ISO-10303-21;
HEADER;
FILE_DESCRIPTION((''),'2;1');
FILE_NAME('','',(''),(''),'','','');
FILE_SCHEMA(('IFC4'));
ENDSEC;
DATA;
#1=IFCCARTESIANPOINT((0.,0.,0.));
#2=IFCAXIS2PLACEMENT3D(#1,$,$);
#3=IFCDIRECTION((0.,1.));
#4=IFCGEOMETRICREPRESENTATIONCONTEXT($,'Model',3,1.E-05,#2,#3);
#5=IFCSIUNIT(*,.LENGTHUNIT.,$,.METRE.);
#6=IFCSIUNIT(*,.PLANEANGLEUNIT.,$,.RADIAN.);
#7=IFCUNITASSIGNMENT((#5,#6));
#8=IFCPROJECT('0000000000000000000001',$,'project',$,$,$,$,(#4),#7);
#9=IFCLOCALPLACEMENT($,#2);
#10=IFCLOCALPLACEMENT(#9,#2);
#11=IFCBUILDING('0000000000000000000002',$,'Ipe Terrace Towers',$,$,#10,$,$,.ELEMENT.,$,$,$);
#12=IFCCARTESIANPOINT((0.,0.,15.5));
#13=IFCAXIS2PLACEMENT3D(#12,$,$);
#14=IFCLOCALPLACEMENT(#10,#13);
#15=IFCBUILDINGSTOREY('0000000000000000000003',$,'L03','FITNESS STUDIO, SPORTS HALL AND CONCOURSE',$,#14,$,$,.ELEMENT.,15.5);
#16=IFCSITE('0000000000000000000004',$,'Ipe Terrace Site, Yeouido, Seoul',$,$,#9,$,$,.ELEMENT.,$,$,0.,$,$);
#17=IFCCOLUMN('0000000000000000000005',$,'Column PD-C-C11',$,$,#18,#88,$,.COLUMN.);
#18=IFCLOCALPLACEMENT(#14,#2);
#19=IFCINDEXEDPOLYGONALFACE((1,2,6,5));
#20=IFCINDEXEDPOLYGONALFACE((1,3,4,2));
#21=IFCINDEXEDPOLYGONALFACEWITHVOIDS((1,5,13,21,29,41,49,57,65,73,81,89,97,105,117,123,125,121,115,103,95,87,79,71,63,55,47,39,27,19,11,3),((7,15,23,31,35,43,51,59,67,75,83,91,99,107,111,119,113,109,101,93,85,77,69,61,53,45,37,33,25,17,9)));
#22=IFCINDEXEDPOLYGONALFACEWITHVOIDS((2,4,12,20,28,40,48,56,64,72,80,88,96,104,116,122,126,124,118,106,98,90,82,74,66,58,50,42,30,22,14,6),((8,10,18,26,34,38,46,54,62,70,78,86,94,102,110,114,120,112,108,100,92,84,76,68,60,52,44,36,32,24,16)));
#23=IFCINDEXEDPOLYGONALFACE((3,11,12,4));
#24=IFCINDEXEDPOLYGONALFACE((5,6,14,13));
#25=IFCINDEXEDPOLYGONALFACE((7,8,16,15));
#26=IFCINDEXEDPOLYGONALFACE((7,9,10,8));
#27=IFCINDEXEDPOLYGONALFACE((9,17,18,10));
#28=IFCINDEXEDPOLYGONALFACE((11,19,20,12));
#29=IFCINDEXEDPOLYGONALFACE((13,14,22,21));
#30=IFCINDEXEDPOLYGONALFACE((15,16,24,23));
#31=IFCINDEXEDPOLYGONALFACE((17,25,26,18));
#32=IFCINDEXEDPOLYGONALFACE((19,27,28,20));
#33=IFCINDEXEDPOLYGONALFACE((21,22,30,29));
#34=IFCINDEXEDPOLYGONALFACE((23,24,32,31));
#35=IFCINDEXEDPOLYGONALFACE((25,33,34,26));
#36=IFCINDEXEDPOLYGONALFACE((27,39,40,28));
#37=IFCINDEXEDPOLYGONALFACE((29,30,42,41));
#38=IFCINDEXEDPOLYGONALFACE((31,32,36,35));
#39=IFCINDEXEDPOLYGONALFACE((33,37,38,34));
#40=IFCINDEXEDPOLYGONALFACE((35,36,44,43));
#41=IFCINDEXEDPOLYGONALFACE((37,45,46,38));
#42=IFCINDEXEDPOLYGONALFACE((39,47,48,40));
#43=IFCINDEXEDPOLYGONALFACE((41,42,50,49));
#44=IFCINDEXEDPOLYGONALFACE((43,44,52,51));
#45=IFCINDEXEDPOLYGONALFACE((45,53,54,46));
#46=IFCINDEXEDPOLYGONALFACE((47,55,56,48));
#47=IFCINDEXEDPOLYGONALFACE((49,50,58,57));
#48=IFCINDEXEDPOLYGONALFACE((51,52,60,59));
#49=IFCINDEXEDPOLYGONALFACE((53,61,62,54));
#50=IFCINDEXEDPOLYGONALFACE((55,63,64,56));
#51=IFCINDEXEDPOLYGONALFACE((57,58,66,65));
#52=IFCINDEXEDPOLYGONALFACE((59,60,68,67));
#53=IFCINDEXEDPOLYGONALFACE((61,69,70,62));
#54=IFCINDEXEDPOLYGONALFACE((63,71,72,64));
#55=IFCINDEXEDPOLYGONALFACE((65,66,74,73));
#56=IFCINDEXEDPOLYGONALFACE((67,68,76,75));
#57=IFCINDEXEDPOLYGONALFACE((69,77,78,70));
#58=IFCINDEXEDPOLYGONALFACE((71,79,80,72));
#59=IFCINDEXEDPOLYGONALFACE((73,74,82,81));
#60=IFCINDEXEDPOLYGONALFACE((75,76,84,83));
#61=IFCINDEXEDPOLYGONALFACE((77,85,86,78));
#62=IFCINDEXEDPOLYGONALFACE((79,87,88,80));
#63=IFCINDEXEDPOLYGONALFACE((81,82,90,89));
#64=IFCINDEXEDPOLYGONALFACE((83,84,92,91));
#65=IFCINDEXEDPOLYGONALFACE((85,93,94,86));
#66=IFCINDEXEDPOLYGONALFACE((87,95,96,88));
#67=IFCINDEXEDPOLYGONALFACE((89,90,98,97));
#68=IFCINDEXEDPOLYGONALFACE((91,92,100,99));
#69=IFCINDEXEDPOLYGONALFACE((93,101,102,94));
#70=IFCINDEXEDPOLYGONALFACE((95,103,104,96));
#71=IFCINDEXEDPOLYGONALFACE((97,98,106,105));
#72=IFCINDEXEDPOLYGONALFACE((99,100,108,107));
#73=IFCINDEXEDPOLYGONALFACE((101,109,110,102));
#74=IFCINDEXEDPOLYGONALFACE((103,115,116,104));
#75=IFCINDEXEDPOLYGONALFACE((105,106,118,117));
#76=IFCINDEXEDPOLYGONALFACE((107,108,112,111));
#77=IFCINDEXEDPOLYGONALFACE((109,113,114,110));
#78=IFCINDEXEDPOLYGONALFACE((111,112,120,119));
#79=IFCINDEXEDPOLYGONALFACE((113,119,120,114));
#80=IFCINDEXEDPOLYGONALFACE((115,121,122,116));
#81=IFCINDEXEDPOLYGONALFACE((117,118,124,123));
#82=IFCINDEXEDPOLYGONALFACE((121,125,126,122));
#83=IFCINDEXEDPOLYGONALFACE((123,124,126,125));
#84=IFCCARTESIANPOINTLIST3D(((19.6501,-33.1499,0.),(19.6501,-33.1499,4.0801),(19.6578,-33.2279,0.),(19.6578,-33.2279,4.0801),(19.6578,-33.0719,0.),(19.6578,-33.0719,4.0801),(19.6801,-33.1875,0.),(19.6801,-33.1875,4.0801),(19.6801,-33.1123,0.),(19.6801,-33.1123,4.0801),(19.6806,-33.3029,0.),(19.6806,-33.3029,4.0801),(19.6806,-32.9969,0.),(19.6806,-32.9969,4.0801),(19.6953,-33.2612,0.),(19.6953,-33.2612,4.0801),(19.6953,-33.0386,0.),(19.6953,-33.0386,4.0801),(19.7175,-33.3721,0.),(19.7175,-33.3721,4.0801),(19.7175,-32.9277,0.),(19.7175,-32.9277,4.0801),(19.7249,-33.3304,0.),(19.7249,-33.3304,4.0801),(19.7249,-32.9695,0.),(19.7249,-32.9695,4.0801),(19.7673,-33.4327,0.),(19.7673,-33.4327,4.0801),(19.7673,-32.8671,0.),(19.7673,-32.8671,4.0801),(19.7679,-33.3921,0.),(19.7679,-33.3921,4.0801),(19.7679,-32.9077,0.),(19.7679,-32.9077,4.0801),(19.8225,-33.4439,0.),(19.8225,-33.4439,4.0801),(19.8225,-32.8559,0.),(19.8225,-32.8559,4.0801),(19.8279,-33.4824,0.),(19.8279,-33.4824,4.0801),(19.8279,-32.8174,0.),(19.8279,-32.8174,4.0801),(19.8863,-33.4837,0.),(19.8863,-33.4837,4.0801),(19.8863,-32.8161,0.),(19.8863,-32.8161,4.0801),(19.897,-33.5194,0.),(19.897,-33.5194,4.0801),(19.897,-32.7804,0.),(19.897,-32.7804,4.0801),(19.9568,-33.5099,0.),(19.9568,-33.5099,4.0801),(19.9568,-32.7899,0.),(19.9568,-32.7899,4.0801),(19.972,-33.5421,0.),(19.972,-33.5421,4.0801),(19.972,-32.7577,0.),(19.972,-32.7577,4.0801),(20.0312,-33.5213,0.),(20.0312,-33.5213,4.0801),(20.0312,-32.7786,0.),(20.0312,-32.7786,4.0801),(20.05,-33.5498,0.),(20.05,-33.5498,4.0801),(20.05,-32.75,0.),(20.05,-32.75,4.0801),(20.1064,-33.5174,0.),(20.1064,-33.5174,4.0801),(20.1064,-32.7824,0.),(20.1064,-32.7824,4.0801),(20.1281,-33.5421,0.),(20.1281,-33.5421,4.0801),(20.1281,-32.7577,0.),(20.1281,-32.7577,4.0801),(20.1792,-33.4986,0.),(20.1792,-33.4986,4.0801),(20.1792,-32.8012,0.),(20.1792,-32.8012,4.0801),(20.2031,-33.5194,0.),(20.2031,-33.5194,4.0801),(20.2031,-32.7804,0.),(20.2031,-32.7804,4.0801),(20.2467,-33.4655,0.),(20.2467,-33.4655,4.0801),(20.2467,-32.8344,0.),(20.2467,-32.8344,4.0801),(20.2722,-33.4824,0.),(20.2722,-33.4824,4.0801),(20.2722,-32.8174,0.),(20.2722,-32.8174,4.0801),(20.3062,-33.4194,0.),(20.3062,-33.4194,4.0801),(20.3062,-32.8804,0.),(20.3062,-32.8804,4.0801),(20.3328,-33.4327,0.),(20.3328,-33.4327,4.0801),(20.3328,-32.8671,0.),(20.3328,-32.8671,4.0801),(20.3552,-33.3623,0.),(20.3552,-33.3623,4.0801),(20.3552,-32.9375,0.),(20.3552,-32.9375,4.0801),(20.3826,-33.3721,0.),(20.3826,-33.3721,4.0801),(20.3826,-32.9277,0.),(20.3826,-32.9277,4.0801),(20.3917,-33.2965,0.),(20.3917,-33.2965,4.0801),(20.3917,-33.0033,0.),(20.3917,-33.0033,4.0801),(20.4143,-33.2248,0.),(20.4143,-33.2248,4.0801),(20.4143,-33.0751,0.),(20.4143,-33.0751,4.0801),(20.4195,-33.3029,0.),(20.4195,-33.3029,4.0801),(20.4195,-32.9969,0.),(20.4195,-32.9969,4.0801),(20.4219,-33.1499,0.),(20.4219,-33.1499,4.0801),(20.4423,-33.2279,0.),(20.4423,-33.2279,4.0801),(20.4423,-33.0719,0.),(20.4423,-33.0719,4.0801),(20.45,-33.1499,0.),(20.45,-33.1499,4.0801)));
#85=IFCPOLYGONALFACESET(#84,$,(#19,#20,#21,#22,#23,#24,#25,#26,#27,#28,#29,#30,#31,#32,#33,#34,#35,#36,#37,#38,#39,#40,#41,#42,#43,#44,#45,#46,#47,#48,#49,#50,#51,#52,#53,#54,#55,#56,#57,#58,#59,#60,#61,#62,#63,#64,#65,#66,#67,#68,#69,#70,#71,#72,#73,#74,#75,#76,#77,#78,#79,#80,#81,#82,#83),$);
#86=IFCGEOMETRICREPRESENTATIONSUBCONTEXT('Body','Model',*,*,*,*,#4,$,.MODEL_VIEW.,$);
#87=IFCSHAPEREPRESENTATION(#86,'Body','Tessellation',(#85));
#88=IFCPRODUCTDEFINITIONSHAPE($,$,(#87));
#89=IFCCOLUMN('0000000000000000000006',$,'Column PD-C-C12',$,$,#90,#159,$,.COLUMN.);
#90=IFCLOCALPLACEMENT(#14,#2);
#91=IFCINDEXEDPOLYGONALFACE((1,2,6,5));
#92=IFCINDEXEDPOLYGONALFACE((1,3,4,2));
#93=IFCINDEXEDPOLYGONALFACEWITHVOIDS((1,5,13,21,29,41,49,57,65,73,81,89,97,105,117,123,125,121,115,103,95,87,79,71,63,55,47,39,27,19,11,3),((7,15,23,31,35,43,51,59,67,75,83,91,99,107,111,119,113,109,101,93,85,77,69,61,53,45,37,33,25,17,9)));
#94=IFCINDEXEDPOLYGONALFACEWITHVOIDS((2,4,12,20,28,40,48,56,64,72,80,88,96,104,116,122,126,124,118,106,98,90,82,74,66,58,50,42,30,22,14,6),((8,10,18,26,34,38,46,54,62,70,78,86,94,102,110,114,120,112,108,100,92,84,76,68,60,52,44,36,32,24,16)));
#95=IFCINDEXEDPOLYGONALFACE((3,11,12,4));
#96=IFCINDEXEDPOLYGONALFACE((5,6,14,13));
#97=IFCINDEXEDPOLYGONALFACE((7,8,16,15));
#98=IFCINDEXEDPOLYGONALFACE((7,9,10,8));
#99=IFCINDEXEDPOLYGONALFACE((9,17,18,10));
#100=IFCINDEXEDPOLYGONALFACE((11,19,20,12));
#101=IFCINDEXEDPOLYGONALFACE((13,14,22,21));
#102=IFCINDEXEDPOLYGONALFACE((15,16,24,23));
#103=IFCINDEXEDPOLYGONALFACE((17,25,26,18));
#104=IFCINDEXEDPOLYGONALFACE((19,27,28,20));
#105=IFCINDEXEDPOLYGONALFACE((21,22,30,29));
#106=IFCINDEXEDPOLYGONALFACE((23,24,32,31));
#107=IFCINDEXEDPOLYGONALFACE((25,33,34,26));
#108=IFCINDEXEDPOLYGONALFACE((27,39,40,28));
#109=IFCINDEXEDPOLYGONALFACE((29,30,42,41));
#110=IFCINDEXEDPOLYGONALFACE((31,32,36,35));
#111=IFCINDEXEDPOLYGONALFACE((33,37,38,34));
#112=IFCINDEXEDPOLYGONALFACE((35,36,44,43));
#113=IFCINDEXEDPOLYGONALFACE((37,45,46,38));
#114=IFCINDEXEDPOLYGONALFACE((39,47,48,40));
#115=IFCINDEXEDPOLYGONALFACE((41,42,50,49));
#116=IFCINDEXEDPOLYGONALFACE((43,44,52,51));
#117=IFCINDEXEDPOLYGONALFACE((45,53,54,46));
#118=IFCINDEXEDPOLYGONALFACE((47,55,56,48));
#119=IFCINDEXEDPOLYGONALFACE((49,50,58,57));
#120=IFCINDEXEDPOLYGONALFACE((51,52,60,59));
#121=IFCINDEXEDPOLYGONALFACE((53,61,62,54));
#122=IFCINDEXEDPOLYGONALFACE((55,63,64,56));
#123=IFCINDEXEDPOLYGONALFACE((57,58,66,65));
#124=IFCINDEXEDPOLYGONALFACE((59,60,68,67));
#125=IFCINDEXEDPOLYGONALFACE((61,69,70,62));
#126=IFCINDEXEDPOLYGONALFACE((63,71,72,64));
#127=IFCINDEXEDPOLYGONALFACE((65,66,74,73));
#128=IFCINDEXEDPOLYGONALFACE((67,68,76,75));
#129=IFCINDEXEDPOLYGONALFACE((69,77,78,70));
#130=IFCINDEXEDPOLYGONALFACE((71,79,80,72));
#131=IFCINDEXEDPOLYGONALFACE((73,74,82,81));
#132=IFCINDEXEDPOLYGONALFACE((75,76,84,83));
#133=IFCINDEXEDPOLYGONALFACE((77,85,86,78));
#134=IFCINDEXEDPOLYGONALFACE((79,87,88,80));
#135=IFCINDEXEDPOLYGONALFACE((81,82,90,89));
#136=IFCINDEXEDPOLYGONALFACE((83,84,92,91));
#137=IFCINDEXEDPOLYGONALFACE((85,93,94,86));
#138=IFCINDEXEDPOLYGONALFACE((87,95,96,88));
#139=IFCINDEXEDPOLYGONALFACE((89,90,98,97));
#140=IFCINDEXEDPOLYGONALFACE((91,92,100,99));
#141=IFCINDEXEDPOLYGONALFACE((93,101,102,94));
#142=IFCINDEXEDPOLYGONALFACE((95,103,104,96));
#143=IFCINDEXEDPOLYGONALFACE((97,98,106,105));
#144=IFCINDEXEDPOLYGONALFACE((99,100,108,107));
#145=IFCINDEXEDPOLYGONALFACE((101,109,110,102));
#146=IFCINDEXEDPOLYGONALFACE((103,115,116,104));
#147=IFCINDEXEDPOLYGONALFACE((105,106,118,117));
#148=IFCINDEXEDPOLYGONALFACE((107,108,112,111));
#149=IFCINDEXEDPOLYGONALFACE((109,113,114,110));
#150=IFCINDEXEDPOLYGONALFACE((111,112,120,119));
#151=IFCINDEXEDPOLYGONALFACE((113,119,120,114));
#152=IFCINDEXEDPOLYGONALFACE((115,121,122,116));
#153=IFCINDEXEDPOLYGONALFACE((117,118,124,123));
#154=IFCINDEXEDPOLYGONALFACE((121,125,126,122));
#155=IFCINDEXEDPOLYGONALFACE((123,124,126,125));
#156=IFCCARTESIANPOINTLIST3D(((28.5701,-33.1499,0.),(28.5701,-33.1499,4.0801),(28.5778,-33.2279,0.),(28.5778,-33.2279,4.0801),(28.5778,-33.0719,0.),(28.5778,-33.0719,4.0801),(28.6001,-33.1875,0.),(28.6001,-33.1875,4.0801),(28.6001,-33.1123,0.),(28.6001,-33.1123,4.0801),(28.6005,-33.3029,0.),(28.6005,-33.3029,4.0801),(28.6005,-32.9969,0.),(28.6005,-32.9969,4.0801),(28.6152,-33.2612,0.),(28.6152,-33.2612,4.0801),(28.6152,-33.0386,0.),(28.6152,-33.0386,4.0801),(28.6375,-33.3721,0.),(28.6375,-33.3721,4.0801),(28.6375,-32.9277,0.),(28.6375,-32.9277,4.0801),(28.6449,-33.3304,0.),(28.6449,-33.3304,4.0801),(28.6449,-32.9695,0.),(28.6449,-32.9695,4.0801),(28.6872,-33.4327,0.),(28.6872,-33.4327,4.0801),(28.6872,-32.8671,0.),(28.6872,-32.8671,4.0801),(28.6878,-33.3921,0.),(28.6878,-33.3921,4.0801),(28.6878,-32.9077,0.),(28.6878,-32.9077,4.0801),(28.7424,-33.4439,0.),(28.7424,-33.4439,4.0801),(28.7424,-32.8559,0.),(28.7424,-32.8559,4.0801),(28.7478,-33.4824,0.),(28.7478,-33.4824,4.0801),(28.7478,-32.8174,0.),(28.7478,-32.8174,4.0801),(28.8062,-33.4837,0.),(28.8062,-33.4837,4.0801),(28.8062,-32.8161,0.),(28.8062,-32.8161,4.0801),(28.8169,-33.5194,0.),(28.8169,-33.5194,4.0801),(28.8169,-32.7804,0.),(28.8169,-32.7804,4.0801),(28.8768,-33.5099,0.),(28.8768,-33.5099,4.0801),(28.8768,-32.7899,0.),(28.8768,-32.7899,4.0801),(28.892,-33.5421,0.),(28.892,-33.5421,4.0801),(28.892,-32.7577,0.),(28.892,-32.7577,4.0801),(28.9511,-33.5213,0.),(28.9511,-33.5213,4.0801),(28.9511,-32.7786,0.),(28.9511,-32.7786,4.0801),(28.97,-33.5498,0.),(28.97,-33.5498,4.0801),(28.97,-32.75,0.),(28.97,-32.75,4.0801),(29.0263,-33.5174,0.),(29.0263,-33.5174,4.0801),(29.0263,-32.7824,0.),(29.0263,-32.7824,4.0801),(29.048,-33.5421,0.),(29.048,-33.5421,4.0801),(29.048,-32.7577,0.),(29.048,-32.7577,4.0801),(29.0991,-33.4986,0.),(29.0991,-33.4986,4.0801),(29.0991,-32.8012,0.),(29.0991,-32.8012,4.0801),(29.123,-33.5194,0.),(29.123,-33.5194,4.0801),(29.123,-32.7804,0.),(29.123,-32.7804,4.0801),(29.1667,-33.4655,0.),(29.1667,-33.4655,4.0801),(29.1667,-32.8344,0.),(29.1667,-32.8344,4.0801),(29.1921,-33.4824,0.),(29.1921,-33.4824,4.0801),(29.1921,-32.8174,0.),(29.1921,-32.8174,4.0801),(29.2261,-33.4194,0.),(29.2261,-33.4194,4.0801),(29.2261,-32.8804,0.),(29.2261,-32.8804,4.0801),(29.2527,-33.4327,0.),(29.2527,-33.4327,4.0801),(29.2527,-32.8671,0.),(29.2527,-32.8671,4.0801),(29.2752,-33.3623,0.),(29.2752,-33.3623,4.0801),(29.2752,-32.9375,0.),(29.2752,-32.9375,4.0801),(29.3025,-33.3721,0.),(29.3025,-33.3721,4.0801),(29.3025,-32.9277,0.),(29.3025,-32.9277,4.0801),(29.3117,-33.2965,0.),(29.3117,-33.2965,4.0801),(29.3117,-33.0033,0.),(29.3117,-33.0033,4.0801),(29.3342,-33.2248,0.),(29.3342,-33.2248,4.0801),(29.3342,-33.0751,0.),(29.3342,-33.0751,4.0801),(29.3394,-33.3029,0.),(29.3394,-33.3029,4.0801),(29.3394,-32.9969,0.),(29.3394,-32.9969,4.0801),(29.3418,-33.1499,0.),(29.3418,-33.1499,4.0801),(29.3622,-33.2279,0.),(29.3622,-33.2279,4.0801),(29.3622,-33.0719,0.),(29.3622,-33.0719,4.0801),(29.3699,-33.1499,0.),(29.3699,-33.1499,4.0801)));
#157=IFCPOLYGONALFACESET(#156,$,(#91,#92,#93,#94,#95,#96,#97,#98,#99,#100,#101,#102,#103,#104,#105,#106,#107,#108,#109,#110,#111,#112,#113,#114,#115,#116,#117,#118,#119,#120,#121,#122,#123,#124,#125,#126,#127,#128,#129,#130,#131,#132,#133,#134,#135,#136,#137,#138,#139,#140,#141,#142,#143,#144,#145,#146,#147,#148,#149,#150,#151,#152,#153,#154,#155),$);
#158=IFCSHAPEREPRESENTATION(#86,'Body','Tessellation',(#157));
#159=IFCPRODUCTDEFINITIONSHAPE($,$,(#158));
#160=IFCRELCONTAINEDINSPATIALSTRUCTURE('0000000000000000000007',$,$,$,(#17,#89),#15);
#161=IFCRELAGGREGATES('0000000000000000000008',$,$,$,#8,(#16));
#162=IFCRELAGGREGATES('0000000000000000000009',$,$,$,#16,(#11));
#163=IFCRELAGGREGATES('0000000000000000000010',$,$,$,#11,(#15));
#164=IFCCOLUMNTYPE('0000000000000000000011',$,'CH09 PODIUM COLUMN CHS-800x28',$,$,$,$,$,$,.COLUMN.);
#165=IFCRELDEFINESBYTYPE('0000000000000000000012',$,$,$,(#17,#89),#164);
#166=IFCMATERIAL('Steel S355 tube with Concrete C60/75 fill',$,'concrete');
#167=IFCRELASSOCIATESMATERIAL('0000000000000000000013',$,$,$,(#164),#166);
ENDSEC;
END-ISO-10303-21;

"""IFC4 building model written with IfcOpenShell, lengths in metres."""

from ifc_helpers import new_model, si_unit, direction, frame, origin, origin_2d, place, context, subcontext, project, spatial, hollow_circle, extrude, material, material_profile, profile_set, type_object, element, save


model = new_model("IFC4")

# Units and contexts
model_context = context("Model", 3, precision=1e-05, world=origin(), true_north=direction((0.0, 1.0)))
body_context = subcontext(model_context, "Body", "Model", "MODEL_VIEW")
ifc_project = project(units=[si_unit("LENGTHUNIT", "METRE"), si_unit("PLANEANGLEUNIT", "RADIAN")], contexts=[model_context])

# Site, building, storey
site_placement = place(None, origin())
site = spatial("IfcSite", under=ifc_project, at=site_placement, Name="Ipe Terrace Site, Yeouido, Seoul", CompositionType="ELEMENT", RefElevation=0.0)
building_placement = place(site_placement, origin())
building = spatial("IfcBuilding", under=site, at=building_placement, Name="Ipe Terrace Towers", CompositionType="ELEMENT")
storey_placement = place(building_placement, frame((0.0, 0.0, 15.5)))
storey = spatial("IfcBuildingStorey", under=building, at=storey_placement, Name="L03", Description="FITNESS STUDIO, SPORTS HALL AND CONCOURSE", CompositionType="ELEMENT", Elevation=15.5)

# Columns
ifc_material_1 = material(Name="Steel S355 tube with Concrete C60/75 fill", Category="concrete")
ifc_material_profile_1 = material_profile(ifc_material_1, hollow_circle(Radius=0.3999, WallThickness=0.0281, at=origin_2d()), Name="CHS-800x28")
ifc_profile_set_1 = profile_set([ifc_material_profile_1], Name="Steel S355 tube with Concrete C60/75 fill")
column_type = type_object("IfcColumnType", Name="CH09 PODIUM COLUMN CHS-800x28", PredefinedType="COLUMN", material=ifc_profile_set_1)
for number, where, z_axis, x_axis, name in (
    (1, (20.05, -33.1499, 0.0), (0.0, 0.0, 1.0), (1.0, 0.0, 0.0), "Column PD-C-C11"),
    (2, (28.97, -33.1499, 0.0), (0.0, 0.0, 1.0), (1.0, 0.0, 0.0), "Column PD-C-C12"),
):
    element("IfcColumn", number, at=place(storey_placement, frame(where, z_axis=z_axis, x_axis=x_axis)), inside=storey, type_object=column_type, Name=name, PredefinedType="COLUMN", context=body_context, shape_type="SweptSolid", body=[
        extrude(hollow_circle(Radius=0.3999, WallThickness=0.0281, at=origin_2d()), origin(), (0.0, 0.0, 1.0), 4.0801),
    ])

save(model, "model.ifc")
